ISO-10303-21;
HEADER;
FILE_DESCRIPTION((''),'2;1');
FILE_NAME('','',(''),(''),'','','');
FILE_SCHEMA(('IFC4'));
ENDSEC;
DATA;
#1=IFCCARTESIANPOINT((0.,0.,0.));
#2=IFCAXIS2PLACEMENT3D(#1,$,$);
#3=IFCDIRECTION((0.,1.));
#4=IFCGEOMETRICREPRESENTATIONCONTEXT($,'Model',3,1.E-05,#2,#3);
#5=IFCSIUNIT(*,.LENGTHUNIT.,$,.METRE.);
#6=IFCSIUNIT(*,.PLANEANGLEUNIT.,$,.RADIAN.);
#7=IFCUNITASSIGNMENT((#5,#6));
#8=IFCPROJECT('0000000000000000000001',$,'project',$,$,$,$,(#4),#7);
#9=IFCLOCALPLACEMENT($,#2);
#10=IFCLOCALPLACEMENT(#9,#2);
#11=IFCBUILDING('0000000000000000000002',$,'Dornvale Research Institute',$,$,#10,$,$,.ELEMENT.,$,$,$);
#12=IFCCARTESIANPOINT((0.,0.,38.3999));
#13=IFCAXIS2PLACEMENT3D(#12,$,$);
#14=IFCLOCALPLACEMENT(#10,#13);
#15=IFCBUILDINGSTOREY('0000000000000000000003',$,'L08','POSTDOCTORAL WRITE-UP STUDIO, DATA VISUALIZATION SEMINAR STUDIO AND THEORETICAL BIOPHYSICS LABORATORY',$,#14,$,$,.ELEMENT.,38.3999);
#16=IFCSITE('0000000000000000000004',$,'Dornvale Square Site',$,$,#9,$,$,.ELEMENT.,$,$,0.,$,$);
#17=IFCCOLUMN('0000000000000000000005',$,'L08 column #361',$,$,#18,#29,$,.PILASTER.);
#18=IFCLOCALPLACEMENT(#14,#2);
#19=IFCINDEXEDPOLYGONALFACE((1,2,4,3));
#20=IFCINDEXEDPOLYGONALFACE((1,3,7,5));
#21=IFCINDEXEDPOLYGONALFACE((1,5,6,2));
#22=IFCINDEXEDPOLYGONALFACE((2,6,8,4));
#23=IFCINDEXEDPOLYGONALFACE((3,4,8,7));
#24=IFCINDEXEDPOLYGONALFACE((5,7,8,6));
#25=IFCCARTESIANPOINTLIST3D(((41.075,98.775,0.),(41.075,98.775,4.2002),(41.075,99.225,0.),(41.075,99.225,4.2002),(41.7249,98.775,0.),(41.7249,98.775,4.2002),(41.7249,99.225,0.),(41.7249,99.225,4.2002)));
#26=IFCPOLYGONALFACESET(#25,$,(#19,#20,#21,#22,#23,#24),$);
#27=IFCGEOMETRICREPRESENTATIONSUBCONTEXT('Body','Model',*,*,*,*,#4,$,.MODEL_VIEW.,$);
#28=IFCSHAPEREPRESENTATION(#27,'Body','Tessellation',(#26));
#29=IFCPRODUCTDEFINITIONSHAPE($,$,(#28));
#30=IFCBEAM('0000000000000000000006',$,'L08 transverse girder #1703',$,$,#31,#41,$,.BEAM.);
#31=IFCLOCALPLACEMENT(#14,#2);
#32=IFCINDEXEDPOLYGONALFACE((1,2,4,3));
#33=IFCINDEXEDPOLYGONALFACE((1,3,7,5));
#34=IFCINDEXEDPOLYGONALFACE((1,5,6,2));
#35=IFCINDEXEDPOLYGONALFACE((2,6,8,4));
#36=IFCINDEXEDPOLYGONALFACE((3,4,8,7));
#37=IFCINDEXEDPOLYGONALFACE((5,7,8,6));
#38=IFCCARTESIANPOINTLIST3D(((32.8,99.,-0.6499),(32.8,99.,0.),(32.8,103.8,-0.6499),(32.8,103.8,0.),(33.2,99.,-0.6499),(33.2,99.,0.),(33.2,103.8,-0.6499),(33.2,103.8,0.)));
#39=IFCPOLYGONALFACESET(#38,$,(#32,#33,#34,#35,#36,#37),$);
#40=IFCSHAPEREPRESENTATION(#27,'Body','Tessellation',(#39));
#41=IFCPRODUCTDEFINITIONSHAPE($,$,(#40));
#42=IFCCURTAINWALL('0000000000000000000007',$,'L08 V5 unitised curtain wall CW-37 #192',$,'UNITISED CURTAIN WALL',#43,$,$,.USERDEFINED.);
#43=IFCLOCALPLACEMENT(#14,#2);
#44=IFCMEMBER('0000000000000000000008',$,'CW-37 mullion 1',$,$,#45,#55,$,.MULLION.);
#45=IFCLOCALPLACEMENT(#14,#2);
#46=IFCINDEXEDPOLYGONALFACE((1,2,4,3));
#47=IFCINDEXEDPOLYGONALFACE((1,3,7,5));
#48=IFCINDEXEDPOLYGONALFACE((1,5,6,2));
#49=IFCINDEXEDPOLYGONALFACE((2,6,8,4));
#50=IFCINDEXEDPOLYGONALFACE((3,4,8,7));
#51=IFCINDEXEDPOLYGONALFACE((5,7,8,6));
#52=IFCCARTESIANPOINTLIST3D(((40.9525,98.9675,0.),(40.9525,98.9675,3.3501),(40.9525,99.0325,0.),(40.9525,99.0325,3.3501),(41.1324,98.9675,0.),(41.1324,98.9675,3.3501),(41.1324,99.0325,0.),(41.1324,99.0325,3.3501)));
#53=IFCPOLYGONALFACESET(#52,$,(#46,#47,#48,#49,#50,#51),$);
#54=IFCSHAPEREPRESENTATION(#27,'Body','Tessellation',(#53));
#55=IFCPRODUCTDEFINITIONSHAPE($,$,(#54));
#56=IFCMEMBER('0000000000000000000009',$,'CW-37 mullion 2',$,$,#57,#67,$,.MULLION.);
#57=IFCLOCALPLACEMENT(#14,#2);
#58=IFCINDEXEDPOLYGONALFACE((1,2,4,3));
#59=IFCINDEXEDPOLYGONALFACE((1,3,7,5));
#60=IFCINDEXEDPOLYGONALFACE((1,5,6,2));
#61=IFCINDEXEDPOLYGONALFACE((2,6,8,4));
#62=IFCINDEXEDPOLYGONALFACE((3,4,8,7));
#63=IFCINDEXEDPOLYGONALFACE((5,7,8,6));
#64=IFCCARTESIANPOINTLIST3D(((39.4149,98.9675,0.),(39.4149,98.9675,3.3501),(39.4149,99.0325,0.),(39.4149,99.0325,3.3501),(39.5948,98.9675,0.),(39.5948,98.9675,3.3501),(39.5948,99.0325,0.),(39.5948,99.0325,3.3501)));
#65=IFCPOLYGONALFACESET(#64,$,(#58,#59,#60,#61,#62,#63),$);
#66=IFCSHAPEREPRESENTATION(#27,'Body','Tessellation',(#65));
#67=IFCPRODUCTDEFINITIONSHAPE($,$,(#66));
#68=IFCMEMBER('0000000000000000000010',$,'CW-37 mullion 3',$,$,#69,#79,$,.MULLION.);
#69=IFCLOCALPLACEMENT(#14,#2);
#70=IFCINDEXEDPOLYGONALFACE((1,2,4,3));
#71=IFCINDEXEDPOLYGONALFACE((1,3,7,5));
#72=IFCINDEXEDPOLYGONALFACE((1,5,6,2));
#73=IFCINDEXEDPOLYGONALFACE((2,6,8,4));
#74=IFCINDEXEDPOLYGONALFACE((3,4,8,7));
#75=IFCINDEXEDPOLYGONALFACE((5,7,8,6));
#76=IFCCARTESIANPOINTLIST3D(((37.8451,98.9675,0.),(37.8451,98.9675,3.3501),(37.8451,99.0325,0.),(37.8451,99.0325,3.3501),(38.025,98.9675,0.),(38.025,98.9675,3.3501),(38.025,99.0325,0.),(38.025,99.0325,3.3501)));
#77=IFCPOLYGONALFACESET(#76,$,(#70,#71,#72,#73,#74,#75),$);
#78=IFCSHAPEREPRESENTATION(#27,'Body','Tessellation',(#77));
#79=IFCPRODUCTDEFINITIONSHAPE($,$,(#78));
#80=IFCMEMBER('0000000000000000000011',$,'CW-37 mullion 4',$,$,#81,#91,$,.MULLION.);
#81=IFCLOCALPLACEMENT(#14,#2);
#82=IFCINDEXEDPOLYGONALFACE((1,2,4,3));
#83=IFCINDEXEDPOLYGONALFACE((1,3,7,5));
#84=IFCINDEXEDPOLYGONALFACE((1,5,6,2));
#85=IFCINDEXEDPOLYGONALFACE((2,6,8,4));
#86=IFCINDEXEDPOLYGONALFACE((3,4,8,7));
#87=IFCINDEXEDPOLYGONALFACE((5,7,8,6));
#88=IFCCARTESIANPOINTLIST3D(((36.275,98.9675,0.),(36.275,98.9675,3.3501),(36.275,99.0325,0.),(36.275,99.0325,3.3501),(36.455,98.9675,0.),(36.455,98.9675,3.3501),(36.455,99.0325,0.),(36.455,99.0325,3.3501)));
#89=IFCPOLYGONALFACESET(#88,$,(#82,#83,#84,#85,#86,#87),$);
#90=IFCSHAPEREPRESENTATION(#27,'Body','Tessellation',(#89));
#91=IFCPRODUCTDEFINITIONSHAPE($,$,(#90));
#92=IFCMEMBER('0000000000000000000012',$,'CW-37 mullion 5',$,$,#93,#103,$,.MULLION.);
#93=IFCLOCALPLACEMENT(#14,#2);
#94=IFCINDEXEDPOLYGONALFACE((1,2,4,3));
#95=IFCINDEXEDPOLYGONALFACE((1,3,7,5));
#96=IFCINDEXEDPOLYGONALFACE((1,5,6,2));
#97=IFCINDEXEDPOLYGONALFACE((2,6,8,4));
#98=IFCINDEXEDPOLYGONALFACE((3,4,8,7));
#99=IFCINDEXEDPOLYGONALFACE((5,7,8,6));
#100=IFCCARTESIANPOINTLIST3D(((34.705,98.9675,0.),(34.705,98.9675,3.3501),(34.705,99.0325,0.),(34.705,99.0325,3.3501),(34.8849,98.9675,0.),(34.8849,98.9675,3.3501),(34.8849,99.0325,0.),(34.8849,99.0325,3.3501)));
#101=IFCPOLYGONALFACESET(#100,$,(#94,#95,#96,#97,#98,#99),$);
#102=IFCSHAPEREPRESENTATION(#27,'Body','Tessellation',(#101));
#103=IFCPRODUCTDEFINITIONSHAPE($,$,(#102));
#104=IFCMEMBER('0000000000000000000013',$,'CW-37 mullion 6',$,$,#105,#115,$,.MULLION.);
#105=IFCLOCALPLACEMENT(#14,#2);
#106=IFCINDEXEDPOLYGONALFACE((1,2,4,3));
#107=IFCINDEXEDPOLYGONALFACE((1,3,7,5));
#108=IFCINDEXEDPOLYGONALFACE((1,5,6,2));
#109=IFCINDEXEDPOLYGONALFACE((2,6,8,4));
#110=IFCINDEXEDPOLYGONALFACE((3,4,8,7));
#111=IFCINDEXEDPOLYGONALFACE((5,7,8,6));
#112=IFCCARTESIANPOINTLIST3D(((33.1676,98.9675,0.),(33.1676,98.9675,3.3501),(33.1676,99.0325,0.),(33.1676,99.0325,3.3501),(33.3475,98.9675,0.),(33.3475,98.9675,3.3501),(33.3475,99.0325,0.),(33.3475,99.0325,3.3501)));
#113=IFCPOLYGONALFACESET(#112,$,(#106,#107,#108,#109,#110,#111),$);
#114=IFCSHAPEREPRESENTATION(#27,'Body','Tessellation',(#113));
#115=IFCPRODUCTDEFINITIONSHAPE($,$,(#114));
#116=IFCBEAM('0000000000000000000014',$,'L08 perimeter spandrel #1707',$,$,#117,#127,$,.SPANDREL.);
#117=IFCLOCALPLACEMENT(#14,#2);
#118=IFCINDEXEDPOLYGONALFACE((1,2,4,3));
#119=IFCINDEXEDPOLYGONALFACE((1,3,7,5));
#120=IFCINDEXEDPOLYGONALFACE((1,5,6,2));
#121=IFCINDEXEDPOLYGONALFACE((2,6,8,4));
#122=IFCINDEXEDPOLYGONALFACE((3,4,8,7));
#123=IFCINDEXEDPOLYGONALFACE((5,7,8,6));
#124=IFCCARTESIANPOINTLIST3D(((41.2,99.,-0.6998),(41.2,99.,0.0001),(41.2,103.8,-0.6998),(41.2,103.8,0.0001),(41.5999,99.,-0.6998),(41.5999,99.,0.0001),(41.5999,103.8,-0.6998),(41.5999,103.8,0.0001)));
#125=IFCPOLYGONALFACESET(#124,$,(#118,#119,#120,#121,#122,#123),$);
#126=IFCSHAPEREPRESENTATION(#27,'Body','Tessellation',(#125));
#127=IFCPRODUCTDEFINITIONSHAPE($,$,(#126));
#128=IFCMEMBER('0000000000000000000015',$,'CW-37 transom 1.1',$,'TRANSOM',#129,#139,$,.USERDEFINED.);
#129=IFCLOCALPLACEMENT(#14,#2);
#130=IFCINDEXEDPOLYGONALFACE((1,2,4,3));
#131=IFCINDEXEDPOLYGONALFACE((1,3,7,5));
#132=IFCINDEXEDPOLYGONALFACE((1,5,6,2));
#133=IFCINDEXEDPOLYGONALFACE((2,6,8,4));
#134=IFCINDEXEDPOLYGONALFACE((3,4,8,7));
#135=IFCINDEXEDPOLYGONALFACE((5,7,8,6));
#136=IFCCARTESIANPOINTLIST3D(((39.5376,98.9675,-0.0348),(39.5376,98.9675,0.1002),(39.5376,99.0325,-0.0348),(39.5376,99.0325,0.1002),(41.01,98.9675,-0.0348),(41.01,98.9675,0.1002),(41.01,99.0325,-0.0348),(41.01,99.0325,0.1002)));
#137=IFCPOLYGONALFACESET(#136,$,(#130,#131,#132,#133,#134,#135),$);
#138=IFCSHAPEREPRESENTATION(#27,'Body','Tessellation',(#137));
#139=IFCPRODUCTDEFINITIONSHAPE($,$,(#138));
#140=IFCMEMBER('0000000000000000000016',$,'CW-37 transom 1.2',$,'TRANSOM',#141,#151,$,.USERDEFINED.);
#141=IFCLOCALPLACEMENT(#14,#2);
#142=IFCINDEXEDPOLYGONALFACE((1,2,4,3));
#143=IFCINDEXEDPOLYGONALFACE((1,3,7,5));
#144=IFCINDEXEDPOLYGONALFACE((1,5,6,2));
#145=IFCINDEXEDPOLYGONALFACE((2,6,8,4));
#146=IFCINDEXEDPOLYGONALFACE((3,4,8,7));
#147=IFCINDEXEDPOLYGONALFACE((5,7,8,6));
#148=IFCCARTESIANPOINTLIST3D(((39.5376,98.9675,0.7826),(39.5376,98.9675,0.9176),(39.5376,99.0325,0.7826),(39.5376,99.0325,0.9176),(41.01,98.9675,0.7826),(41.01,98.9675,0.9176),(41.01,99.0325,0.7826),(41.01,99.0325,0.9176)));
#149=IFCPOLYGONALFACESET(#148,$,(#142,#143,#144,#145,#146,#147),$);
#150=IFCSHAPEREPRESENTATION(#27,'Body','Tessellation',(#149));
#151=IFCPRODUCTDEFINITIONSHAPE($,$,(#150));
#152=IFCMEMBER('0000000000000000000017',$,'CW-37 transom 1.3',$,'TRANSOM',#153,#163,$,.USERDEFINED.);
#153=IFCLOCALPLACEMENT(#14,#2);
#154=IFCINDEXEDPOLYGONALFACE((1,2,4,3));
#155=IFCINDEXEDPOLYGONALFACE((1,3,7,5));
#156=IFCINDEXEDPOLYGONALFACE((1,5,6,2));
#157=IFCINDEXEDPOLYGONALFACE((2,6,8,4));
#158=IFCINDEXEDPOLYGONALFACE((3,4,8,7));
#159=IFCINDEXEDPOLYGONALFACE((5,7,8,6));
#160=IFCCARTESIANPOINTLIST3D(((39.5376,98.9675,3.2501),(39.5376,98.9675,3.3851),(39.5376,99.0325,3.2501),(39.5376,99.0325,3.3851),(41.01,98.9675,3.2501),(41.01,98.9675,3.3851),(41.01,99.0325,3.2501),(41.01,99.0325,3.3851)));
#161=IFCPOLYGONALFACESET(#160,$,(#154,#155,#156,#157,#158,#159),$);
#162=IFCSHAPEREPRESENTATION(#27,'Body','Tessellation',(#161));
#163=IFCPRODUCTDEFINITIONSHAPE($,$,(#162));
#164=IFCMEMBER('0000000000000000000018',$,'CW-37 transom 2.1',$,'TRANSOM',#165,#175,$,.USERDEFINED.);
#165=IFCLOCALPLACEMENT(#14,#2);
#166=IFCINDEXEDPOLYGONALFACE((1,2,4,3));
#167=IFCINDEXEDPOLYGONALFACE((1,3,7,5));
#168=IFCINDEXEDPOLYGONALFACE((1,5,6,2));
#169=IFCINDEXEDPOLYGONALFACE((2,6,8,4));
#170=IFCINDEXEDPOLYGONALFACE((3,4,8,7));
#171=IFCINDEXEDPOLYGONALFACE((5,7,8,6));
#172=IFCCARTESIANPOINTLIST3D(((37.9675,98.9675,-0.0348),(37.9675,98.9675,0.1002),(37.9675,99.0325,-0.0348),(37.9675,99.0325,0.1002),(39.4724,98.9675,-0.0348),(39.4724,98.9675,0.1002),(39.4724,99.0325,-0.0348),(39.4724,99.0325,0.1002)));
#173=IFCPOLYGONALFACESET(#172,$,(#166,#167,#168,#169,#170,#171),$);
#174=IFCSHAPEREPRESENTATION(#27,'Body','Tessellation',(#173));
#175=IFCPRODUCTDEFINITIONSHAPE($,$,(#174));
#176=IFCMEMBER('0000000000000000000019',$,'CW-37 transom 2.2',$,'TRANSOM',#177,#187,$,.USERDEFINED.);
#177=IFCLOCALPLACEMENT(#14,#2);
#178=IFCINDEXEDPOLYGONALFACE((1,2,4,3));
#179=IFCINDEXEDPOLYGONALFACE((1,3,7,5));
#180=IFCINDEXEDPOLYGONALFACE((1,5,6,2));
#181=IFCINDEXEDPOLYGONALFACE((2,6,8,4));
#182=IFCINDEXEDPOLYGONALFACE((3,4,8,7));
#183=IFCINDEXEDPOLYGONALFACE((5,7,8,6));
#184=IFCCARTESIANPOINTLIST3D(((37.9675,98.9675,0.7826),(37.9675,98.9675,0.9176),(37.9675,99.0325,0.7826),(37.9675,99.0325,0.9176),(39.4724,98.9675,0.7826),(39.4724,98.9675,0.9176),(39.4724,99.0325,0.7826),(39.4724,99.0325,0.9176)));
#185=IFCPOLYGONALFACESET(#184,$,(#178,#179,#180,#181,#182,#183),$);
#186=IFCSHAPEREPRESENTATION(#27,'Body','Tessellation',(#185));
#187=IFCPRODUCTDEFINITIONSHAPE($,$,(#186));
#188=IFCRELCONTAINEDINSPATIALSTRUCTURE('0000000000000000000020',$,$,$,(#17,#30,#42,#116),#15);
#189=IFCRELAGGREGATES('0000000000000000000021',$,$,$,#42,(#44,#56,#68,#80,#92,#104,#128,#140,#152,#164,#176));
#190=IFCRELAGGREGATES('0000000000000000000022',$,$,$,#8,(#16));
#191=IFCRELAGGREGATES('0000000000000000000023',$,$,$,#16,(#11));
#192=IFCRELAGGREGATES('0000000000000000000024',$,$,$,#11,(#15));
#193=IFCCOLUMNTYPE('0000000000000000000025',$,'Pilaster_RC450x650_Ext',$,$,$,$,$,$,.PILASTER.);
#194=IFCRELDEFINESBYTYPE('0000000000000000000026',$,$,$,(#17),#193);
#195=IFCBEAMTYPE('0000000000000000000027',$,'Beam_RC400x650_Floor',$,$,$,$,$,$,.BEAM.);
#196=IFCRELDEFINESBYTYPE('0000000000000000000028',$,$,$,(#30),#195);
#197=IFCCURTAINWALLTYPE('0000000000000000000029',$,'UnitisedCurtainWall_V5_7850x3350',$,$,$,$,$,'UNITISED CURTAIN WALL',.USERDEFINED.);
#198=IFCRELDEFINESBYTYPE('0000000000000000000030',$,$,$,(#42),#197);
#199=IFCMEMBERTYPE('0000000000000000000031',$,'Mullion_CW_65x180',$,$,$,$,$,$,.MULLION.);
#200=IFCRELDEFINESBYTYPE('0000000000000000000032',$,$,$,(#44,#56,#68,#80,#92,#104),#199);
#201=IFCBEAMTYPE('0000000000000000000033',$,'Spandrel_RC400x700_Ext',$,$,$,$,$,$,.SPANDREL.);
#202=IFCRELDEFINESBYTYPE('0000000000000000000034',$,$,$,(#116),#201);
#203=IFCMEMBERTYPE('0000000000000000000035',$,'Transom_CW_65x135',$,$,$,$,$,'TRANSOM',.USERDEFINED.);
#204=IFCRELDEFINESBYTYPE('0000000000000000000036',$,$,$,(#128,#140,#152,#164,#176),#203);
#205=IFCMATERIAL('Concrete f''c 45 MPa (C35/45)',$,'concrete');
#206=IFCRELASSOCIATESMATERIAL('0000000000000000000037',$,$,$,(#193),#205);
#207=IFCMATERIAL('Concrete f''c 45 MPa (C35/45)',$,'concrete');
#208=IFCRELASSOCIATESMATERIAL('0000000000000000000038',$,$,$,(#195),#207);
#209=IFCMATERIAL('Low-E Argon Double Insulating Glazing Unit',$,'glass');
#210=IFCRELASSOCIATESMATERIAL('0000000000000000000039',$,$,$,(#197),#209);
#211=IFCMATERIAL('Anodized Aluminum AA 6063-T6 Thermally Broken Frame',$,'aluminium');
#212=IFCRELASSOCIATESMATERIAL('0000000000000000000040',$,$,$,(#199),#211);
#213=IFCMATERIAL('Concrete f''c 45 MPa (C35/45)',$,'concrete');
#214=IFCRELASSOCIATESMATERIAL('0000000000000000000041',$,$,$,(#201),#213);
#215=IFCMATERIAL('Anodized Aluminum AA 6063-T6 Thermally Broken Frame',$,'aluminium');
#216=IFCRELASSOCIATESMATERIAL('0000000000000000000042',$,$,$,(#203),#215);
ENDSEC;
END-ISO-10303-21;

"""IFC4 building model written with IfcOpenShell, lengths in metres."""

from ifc_helpers import new_model, si_unit, direction, frame, origin, origin_2d, place, context, subcontext, project, spatial, rectangle, extrude, material, material_profile, profile_set, type_object, element, aggregate, save


model = new_model("IFC4")

# Units and contexts
model_context = context("Model", 3, precision=1e-05, world=origin(), true_north=direction((0.0, 1.0)))
body_context = subcontext(model_context, "Body", "Model", "MODEL_VIEW")
ifc_project = project(units=[si_unit("LENGTHUNIT", "METRE"), si_unit("PLANEANGLEUNIT", "RADIAN")], contexts=[model_context])

# Site, building, storey
site_placement = place(None, origin())
site = spatial("IfcSite", under=ifc_project, at=site_placement, Name="Dornvale Square Site", CompositionType="ELEMENT", RefElevation=0.0)
building_placement = place(site_placement, origin())
building = spatial("IfcBuilding", under=site, at=building_placement, Name="Dornvale Research Institute", CompositionType="ELEMENT")
storey_placement = place(building_placement, frame((0.0, 0.0, 38.3999)))
storey = spatial("IfcBuildingStorey", under=building, at=storey_placement, Name="L08", Description="POSTDOCTORAL WRITE-UP STUDIO, DATA VISUALIZATION SEMINAR STUDIO AND THEORETICAL BIOPHYSICS LABORATORY", CompositionType="ELEMENT", Elevation=38.3999)

# Column
ifc_material_1 = material(Name="Concrete f'c 45 MPa (C35/45)", Category="concrete")
ifc_material_profile_1 = material_profile(ifc_material_1, rectangle(XDim=0.45, YDim=0.6499, at=origin_2d()), Name="RC 450x650")
ifc_profile_set_1 = profile_set([ifc_material_profile_1], Name="Concrete f'c 45 MPa (C35/45)")
column_type = type_object("IfcColumnType", Name="Pilaster_RC450x650_Ext", PredefinedType="PILASTER", material=ifc_profile_set_1)
column_placement = place(storey_placement, frame((41.3999, 99.0, 0.0), z_axis=(0.0, 0.0, 1.0), x_axis=(0.0, 1.0, 0.0)))
element("IfcColumn", 1, at=column_placement, inside=storey, type_object=column_type, Name="L08 column #361", PredefinedType="PILASTER", context=body_context, shape_type="SweptSolid", body=[
    extrude(rectangle(XDim=0.45, YDim=0.6499, at=origin_2d()), origin(), (0.0, 0.0, 1.0), 4.2002),
])

# Beam
ifc_material_2 = material(Name="Concrete f'c 45 MPa (C35/45)", Category="concrete")
ifc_material_profile_2 = material_profile(ifc_material_2, rectangle(XDim=0.3999, YDim=0.6499, at=origin_2d()), Name="RC 400x650")
ifc_profile_set_2 = profile_set([ifc_material_profile_2], Name="Concrete f'c 45 MPa (C35/45)")
beam_type_1 = type_object("IfcBeamType", Name="Beam_RC400x650_Floor", PredefinedType="BEAM", material=ifc_profile_set_2)
beam_1_placement = place(storey_placement, frame((33.0, 99.0, -0.325), z_axis=(0.0, 1.0, 0.0), x_axis=(-1.0, 0.0, 0.0)))
element("IfcBeam", 2, at=beam_1_placement, inside=storey, type_object=beam_type_1, Name="L08 transverse girder #1703", PredefinedType="BEAM", context=body_context, shape_type="SweptSolid", body=[
    extrude(rectangle(XDim=0.3999, YDim=0.6499, at=origin_2d()), origin(), (0.0, 0.0, 1.0), 4.8),
])

# Curtain wall, members
ifc_material_3 = material(Name="Low-E Argon Double Insulating Glazing Unit", Category="glass")
curtain_wall_type = type_object("IfcCurtainWallType", Name="UnitisedCurtainWall_V5_7850x3350", ElementType="UNITISED CURTAIN WALL", PredefinedType="USERDEFINED", material=ifc_material_3)
curtain_wall_placement = place(storey_placement, origin())
curtain_wall = element("IfcCurtainWall", 3, at=curtain_wall_placement, inside=storey, type_object=curtain_wall_type, Name="L08 V5 unitised curtain wall CW-37 #192", ObjectType="UNITISED CURTAIN WALL", PredefinedType="USERDEFINED")
ifc_material_4 = material(Name="Anodized Aluminum AA 6063-T6 Thermally Broken Frame", Category="aluminium")
ifc_material_profile_3 = material_profile(ifc_material_4, rectangle(XDim=0.0649, YDim=0.1799, at=origin_2d()), Name="ALU MULLION 65x180")
ifc_profile_set_3 = profile_set([ifc_material_profile_3], Name="Anodized Aluminum AA 6063-T6 Thermally Broken Frame")
member_type_1 = type_object("IfcMemberType", Name="Mullion_CW_65x180", PredefinedType="MULLION", material=ifc_profile_set_3)
member_1_placement = place(storey_placement, frame((41.0425, 99.0, 0.0), z_axis=(0.0, 0.0, 1.0), x_axis=(0.0, -1.0, 0.0)))
member_1 = element("IfcMember", 4, at=member_1_placement, type_object=member_type_1, Name="CW-37 mullion 1", PredefinedType="MULLION", context=body_context, shape_type="SweptSolid", body=[
    extrude(rectangle(XDim=0.0649, YDim=0.1799, at=origin_2d()), origin(), (0.0, 0.0, 1.0), 3.3501),
])
member_2_placement = place(storey_placement, frame((39.5049, 99.0, 0.0), z_axis=(0.0, 0.0, 1.0), x_axis=(0.0, -1.0, 0.0)))
member_2 = element("IfcMember", 5, at=member_2_placement, type_object=member_type_1, Name="CW-37 mullion 2", PredefinedType="MULLION", context=body_context, shape_type="SweptSolid", body=[
    extrude(rectangle(XDim=0.0649, YDim=0.1799, at=origin_2d()), origin(), (0.0, 0.0, 1.0), 3.3501),
])
member_3_placement = place(storey_placement, frame((37.9351, 99.0, 0.0), z_axis=(0.0, 0.0, 1.0), x_axis=(0.0, -1.0, 0.0)))
member_3 = element("IfcMember", 6, at=member_3_placement, type_object=member_type_1, Name="CW-37 mullion 3", PredefinedType="MULLION", context=body_context, shape_type="SweptSolid", body=[
    extrude(rectangle(XDim=0.0649, YDim=0.1799, at=origin_2d()), origin(), (0.0, 0.0, 1.0), 3.3501),
])
member_4_placement = place(storey_placement, frame((36.365, 99.0, 0.0), z_axis=(0.0, 0.0, 1.0), x_axis=(0.0, -1.0, 0.0)))
member_4 = element("IfcMember", 7, at=member_4_placement, type_object=member_type_1, Name="CW-37 mullion 4", PredefinedType="MULLION", context=body_context, shape_type="SweptSolid", body=[
    extrude(rectangle(XDim=0.0649, YDim=0.1799, at=origin_2d()), origin(), (0.0, 0.0, 1.0), 3.3501),
])
member_5_placement = place(storey_placement, frame((34.7949, 99.0, 0.0), z_axis=(0.0, 0.0, 1.0), x_axis=(0.0, -1.0, 0.0)))
member_5 = element("IfcMember", 8, at=member_5_placement, type_object=member_type_1, Name="CW-37 mullion 5", PredefinedType="MULLION", context=body_context, shape_type="SweptSolid", body=[
    extrude(rectangle(XDim=0.0649, YDim=0.1799, at=origin_2d()), origin(), (0.0, 0.0, 1.0), 3.3501),
])
member_6_placement = place(storey_placement, frame((33.2576, 99.0, 0.0), z_axis=(0.0, 0.0, 1.0), x_axis=(0.0, -1.0, 0.0)))
member_6 = element("IfcMember", 9, at=member_6_placement, type_object=member_type_1, Name="CW-37 mullion 6", PredefinedType="MULLION", context=body_context, shape_type="SweptSolid", body=[
    extrude(rectangle(XDim=0.0649, YDim=0.1799, at=origin_2d()), origin(), (0.0, 0.0, 1.0), 3.3501),
])

# Beam
ifc_material_5 = material(Name="Concrete f'c 45 MPa (C35/45)", Category="concrete")
ifc_material_profile_4 = material_profile(ifc_material_5, rectangle(XDim=0.3999, YDim=0.7, at=origin_2d()), Name="RC 400x700")
ifc_profile_set_4 = profile_set([ifc_material_profile_4], Name="Concrete f'c 45 MPa (C35/45)")
beam_type_2 = type_object("IfcBeamType", Name="Spandrel_RC400x700_Ext", PredefinedType="SPANDREL", material=ifc_profile_set_4)
beam_2_placement = place(storey_placement, frame((41.3999, 99.0, -0.3499), z_axis=(0.0, 1.0, 0.0), x_axis=(-1.0, 0.0, 0.0)))
element("IfcBeam", 10, at=beam_2_placement, inside=storey, type_object=beam_type_2, Name="L08 perimeter spandrel #1707", PredefinedType="SPANDREL", context=body_context, shape_type="SweptSolid", body=[
    extrude(rectangle(XDim=0.3999, YDim=0.7, at=origin_2d()), origin(), (0.0, 0.0, 1.0), 4.8),
])

# Members
ifc_material_6 = material(Name="Anodized Aluminum AA 6063-T6 Thermally Broken Frame", Category="aluminium")
ifc_material_profile_5 = material_profile(ifc_material_6, rectangle(XDim=0.0649, YDim=0.135, at=origin_2d()), Name="ALU TRANSOM 65x135")
ifc_profile_set_5 = profile_set([ifc_material_profile_5], Name="Anodized Aluminum AA 6063-T6 Thermally Broken Frame")
member_type_2 = type_object("IfcMemberType", Name="Transom_CW_65x135", ElementType="TRANSOM", PredefinedType="USERDEFINED", material=ifc_profile_set_5)
member_7_placement = place(storey_placement, frame((41.01, 99.0, 0.0327), z_axis=(-1.0, 0.0, 0.0), x_axis=(0.0, -1.0, 0.0)))
member_7 = element("IfcMember", 11, at=member_7_placement, type_object=member_type_2, Name="CW-37 transom 1.1", ObjectType="TRANSOM", PredefinedType="USERDEFINED", context=body_context, shape_type="SweptSolid", body=[
    extrude(rectangle(XDim=0.0649, YDim=0.135, at=origin_2d()), origin(), (0.0, 0.0, 1.0), 1.4724),
])
member_8_placement = place(storey_placement, frame((41.01, 99.0, 0.8501), z_axis=(-1.0, 0.0, 0.0), x_axis=(0.0, -1.0, 0.0)))
member_8 = element("IfcMember", 12, at=member_8_placement, type_object=member_type_2, Name="CW-37 transom 1.2", ObjectType="TRANSOM", PredefinedType="USERDEFINED", context=body_context, shape_type="SweptSolid", body=[
    extrude(rectangle(XDim=0.0649, YDim=0.135, at=origin_2d()), origin(), (0.0, 0.0, 1.0), 1.4724),
])
member_9_placement = place(storey_placement, frame((41.01, 99.0, 3.3176), z_axis=(-1.0, 0.0, 0.0), x_axis=(0.0, -1.0, 0.0)))
member_9 = element("IfcMember", 13, at=member_9_placement, type_object=member_type_2, Name="CW-37 transom 1.3", ObjectType="TRANSOM", PredefinedType="USERDEFINED", context=body_context, shape_type="SweptSolid", body=[
    extrude(rectangle(XDim=0.0649, YDim=0.135, at=origin_2d()), origin(), (0.0, 0.0, 1.0), 1.4724),
])
member_10_placement = place(storey_placement, frame((39.4724, 99.0, 0.0327), z_axis=(-1.0, 0.0, 0.0), x_axis=(0.0, -1.0, 0.0)))
member_10 = element("IfcMember", 14, at=member_10_placement, type_object=member_type_2, Name="CW-37 transom 2.1", ObjectType="TRANSOM", PredefinedType="USERDEFINED", context=body_context, shape_type="SweptSolid", body=[
    extrude(rectangle(XDim=0.0649, YDim=0.135, at=origin_2d()), origin(), (0.0, 0.0, 1.0), 1.5049),
])
member_11_placement = place(storey_placement, frame((39.4724, 99.0, 0.8501), z_axis=(-1.0, 0.0, 0.0), x_axis=(0.0, -1.0, 0.0)))
member_11 = element("IfcMember", 15, at=member_11_placement, type_object=member_type_2, Name="CW-37 transom 2.2", ObjectType="TRANSOM", PredefinedType="USERDEFINED", context=body_context, shape_type="SweptSolid", body=[
    extrude(rectangle(XDim=0.0649, YDim=0.135, at=origin_2d()), origin(), (0.0, 0.0, 1.0), 1.5049),
])

aggregate(curtain_wall, [member_1, member_2, member_3, member_4, member_5, member_6, member_7, member_8, member_9, member_10, member_11])

save(model, "model.ifc")
